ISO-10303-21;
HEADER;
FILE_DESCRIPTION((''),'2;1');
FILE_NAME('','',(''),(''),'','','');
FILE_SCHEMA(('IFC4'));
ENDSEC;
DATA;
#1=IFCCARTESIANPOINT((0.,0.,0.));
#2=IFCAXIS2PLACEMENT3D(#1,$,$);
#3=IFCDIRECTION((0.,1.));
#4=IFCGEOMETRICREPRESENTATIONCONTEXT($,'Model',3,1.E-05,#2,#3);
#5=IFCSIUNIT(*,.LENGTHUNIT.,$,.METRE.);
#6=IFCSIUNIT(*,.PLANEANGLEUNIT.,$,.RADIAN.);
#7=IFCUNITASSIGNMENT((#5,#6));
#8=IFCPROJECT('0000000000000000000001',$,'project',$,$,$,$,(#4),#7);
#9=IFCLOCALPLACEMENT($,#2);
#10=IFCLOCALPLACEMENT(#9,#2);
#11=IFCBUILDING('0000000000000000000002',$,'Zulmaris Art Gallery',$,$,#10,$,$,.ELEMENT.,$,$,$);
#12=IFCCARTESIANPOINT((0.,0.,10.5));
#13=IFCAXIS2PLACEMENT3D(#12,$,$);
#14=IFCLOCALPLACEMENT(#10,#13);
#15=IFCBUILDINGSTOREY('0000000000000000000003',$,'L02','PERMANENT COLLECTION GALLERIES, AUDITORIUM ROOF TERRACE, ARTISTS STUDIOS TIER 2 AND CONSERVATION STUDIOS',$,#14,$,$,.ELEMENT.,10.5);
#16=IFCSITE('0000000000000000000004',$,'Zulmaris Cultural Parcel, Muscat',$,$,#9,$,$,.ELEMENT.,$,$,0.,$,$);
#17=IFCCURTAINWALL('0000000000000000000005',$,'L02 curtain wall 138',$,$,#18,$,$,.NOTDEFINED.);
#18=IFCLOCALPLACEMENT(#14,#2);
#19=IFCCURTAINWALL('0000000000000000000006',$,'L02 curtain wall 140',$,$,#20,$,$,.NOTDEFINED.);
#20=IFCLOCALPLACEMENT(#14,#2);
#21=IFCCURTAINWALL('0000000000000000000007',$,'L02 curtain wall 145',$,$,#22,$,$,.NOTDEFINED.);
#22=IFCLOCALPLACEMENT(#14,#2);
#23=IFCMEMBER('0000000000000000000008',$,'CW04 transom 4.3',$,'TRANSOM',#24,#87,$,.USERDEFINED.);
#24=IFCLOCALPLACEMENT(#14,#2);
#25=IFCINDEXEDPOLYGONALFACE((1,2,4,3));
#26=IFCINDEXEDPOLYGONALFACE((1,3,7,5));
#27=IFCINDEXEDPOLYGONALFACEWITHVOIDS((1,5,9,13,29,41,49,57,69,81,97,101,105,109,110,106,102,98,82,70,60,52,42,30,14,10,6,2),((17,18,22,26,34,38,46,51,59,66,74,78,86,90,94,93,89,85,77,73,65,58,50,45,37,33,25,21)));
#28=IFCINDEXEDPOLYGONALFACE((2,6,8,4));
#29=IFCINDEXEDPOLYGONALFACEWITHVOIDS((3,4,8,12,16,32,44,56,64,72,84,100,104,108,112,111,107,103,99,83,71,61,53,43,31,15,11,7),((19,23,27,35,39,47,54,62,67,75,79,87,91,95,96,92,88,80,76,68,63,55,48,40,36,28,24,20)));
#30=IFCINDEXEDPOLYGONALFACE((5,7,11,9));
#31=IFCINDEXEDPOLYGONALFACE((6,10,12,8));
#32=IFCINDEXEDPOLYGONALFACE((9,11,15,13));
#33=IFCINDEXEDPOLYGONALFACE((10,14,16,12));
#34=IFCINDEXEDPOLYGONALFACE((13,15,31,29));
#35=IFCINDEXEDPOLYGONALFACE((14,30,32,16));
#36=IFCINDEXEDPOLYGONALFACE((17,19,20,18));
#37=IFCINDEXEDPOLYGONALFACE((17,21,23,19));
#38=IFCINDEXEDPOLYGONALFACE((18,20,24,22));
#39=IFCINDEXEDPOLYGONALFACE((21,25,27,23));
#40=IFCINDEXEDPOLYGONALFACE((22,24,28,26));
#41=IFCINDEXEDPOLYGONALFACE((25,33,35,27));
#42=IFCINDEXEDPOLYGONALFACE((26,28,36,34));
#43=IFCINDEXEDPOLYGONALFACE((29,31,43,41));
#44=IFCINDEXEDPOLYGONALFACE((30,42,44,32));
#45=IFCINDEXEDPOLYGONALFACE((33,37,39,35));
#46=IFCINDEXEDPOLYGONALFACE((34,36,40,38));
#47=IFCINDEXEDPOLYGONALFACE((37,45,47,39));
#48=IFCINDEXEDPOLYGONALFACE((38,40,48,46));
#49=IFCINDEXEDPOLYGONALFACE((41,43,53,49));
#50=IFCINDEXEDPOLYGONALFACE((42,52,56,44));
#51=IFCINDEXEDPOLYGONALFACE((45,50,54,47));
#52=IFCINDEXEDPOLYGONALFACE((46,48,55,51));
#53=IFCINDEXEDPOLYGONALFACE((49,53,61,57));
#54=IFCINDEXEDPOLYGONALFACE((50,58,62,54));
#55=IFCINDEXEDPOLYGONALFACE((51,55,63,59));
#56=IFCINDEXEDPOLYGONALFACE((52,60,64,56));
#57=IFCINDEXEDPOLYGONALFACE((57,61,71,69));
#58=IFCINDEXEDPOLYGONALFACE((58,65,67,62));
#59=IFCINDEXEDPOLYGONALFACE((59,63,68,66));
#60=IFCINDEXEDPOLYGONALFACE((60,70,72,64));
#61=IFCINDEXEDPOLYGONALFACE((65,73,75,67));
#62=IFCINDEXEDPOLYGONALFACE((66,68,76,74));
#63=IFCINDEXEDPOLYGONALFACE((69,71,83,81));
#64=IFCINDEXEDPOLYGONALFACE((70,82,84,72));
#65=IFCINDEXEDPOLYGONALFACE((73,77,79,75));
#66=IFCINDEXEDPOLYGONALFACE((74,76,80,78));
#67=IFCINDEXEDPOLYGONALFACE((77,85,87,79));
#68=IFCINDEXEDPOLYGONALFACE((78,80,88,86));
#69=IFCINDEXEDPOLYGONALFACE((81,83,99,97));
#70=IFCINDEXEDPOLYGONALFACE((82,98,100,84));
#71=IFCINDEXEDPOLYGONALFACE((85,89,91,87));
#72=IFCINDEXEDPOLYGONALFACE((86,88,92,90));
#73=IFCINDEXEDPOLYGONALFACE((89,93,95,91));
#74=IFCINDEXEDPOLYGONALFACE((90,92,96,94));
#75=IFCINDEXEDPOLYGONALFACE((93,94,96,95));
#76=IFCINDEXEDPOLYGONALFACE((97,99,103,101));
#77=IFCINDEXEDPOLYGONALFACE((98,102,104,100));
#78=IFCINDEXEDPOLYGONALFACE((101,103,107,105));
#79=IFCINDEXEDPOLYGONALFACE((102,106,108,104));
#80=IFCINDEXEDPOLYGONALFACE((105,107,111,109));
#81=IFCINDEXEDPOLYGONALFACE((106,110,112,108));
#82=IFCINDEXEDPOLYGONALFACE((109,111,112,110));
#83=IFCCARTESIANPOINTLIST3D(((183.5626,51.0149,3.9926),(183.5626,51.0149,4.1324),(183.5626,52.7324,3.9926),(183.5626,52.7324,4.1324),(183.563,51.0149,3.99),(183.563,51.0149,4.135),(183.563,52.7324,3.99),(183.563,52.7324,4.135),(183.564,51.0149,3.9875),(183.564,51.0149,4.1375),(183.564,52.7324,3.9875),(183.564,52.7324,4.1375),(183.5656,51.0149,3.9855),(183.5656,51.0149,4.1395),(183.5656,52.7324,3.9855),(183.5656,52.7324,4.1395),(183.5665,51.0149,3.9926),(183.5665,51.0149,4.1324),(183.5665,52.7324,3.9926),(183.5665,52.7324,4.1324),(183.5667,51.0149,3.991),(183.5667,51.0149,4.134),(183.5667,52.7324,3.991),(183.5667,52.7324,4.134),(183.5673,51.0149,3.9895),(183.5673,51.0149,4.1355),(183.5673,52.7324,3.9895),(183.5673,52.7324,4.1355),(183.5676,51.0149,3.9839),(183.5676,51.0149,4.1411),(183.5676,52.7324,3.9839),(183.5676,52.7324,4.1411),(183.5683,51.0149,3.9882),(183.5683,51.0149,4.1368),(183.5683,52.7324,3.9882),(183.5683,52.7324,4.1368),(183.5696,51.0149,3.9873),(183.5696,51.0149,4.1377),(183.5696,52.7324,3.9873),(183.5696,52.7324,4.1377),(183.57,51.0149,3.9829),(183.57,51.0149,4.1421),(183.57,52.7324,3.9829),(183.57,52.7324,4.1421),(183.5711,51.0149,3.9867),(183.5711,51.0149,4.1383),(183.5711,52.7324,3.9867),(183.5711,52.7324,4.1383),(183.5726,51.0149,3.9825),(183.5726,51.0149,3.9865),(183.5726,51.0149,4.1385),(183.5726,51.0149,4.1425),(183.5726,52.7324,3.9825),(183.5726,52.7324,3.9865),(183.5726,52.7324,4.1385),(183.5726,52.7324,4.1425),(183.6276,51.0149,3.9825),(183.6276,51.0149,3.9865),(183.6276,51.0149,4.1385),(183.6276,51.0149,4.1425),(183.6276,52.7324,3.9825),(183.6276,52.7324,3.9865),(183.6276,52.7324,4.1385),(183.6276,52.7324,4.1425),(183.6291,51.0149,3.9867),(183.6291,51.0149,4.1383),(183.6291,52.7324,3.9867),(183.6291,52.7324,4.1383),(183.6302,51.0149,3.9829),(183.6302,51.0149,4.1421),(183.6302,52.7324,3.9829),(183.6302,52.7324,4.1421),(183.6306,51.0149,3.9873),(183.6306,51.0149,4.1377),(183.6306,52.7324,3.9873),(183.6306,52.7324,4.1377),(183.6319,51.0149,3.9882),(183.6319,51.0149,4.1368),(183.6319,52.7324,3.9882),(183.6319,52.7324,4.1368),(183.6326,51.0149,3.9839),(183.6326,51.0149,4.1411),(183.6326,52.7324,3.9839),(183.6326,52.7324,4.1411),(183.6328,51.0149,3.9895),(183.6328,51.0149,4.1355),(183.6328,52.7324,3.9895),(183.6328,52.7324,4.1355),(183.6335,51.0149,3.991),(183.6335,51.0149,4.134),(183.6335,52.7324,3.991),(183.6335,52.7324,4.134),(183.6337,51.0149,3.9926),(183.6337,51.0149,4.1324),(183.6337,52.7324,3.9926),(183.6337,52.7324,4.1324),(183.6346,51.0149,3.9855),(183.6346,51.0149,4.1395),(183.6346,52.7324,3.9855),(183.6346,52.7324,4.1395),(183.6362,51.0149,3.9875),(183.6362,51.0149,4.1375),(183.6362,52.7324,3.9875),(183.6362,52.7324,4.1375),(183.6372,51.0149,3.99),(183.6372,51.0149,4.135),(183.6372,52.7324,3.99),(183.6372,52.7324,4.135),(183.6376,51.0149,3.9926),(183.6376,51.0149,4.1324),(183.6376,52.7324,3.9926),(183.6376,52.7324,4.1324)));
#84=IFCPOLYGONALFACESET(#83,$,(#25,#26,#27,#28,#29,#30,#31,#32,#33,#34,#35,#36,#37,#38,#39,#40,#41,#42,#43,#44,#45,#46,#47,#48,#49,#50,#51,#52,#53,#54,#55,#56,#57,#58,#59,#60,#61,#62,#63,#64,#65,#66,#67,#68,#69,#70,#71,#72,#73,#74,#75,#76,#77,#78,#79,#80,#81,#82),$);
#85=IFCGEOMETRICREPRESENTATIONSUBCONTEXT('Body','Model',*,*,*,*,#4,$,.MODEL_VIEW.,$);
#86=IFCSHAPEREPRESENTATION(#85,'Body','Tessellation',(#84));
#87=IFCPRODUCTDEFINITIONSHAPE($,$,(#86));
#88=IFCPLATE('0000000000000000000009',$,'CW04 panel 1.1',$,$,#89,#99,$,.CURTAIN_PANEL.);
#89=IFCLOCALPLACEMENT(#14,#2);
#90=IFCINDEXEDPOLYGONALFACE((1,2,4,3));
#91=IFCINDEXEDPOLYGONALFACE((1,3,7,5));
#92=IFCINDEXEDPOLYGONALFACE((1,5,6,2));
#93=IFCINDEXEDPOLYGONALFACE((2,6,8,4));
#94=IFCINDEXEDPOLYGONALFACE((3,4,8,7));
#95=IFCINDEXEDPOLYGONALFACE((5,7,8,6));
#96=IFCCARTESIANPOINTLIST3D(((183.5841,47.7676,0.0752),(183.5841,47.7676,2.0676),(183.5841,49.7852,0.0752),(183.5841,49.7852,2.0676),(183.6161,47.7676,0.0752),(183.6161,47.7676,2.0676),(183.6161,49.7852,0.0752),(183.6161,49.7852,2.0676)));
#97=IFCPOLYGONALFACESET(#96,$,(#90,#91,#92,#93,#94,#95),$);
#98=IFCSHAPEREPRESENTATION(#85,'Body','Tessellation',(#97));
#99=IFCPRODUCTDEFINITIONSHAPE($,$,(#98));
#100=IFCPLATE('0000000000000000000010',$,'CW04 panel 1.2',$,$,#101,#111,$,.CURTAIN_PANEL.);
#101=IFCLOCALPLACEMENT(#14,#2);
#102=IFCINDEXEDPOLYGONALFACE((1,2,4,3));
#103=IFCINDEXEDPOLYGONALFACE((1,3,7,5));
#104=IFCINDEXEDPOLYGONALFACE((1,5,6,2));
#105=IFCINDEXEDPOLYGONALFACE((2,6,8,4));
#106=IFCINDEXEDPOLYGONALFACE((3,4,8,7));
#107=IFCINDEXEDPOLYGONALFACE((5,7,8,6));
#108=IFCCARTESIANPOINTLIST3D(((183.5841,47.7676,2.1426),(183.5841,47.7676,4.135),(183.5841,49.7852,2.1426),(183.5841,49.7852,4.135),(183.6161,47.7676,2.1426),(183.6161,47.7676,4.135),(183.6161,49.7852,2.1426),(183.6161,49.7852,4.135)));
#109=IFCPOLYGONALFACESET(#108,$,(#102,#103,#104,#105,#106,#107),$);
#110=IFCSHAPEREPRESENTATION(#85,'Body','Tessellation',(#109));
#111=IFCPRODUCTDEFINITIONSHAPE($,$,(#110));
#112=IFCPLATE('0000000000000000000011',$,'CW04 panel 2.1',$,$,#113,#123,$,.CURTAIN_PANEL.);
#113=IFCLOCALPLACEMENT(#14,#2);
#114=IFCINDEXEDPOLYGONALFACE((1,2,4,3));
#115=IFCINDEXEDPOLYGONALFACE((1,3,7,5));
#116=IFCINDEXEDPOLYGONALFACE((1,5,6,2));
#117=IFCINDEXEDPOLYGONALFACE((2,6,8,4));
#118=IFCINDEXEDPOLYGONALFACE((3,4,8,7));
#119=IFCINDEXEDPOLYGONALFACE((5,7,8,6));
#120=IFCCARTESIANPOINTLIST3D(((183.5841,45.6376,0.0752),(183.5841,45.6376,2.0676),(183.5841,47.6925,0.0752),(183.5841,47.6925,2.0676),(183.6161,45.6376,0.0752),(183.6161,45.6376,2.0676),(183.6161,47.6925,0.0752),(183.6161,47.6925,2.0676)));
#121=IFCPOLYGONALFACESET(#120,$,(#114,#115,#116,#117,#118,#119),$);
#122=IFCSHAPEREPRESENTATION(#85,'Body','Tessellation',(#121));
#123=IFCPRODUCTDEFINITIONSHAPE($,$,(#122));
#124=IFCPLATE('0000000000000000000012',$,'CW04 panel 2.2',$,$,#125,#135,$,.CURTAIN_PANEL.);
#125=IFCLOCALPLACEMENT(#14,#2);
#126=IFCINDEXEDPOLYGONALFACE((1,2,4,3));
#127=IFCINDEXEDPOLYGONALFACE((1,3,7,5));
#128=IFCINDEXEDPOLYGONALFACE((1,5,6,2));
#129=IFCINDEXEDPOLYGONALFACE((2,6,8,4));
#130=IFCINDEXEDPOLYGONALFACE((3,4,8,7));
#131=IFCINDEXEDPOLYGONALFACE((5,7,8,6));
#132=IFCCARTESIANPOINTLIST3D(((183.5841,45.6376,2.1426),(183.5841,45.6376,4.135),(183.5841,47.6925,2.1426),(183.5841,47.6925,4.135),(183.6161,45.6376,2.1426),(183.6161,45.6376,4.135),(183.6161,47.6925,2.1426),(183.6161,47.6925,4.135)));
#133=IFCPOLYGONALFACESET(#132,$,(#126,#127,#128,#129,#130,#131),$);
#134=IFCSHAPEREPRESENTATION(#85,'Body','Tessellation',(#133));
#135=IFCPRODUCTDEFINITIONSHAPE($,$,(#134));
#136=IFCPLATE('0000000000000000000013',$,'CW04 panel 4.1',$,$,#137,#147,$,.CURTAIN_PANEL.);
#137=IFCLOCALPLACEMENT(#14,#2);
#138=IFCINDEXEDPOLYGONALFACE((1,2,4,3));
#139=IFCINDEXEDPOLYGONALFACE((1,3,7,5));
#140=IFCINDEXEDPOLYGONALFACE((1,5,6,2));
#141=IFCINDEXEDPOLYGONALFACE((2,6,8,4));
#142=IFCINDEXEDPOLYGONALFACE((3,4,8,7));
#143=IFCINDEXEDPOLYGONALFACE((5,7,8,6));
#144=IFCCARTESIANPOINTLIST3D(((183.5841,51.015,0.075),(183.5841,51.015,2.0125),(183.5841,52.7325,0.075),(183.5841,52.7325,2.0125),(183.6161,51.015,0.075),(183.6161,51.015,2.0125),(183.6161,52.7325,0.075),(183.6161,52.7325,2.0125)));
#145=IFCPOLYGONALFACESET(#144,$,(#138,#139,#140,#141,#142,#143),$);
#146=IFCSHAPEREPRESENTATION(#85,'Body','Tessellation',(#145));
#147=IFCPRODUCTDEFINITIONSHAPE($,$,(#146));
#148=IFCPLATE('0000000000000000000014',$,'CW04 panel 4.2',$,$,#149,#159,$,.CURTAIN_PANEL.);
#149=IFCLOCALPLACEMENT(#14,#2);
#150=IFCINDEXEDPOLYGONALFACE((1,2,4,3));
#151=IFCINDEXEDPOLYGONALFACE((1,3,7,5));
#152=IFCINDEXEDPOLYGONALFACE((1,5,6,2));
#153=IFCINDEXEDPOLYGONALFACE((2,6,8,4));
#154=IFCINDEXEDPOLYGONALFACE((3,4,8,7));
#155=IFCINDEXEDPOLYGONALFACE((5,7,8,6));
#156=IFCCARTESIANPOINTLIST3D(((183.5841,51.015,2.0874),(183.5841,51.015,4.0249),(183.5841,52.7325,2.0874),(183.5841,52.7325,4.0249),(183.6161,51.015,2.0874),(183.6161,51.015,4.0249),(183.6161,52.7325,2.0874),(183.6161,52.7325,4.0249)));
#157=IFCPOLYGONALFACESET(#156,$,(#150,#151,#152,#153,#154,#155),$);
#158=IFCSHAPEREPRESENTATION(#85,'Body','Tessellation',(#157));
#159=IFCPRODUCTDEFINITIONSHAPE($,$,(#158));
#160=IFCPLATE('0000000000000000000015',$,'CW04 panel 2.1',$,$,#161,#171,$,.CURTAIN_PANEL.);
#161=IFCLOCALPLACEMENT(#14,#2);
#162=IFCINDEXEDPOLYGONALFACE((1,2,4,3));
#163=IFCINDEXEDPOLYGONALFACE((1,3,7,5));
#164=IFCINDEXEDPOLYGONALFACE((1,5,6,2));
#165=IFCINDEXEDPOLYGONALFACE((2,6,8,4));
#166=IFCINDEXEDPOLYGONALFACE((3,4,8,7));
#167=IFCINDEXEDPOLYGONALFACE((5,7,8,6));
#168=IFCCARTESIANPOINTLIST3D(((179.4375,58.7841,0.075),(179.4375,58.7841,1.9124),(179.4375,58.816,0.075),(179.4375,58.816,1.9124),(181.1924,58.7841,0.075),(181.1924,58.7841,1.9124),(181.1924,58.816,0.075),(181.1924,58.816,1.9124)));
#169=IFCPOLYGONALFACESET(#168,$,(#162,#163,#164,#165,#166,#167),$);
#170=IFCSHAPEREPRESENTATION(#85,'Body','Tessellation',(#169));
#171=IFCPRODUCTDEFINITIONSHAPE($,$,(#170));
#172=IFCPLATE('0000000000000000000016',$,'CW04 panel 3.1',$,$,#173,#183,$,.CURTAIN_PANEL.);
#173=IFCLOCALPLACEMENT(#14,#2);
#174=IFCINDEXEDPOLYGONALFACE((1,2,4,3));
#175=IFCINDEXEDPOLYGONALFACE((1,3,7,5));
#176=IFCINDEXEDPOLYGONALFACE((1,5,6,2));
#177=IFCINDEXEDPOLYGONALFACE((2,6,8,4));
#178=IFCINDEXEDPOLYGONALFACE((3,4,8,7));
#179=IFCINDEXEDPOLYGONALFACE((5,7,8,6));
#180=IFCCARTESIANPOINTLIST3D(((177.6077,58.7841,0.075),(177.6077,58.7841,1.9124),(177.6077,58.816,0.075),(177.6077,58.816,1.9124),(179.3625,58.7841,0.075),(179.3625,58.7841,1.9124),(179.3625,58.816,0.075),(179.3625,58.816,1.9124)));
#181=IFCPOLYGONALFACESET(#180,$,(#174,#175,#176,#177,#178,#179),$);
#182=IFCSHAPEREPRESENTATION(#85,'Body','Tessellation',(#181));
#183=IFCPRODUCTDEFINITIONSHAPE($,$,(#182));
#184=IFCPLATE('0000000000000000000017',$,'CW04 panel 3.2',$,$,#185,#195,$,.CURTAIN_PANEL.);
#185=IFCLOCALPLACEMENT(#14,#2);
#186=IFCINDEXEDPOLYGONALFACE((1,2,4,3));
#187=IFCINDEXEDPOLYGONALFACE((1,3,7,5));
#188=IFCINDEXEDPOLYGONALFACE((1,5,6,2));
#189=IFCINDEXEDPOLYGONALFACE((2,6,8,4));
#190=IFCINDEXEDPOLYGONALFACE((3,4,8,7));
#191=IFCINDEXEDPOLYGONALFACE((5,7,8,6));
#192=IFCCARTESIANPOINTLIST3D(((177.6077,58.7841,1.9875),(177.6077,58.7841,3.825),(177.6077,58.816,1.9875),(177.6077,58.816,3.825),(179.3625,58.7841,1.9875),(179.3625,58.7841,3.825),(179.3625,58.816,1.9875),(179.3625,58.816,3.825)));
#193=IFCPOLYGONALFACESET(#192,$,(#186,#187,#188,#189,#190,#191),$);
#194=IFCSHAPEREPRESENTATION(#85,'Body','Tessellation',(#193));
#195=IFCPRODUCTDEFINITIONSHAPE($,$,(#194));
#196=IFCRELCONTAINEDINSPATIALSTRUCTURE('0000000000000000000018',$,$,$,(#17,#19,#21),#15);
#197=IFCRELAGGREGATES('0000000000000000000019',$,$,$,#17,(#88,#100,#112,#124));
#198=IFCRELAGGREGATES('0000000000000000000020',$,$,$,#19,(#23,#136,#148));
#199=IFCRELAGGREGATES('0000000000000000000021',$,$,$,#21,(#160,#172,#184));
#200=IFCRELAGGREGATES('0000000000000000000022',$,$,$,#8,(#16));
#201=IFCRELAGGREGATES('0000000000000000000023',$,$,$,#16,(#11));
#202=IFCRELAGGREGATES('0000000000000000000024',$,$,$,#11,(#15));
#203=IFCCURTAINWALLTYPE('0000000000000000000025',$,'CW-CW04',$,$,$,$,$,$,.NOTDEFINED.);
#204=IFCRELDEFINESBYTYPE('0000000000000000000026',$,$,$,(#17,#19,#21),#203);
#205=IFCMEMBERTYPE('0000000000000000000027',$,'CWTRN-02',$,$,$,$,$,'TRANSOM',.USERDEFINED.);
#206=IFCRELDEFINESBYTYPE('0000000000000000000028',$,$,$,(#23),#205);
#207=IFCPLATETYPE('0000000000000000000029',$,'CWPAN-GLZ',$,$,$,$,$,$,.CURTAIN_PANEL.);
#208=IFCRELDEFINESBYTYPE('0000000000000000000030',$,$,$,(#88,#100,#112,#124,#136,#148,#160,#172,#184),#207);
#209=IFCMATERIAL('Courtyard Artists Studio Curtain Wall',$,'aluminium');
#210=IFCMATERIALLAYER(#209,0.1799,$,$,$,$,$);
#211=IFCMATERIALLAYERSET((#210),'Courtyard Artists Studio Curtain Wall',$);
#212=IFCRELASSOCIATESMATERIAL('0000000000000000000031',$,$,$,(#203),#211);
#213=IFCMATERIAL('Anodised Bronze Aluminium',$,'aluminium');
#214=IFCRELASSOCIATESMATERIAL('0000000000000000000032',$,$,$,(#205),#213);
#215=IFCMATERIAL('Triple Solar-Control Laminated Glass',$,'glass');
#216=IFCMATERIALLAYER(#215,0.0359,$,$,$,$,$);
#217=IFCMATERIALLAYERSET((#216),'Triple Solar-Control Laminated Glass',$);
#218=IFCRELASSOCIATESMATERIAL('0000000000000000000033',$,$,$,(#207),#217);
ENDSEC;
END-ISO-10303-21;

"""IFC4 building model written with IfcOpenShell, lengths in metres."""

from ifc_helpers import new_model, si_unit, direction, frame, origin, origin_2d, place, context, subcontext, project, spatial, rectangle, hollow_rectangle, extrude, material, layer, layer_set, material_profile, profile_set, type_object, element, aggregate, save


model = new_model("IFC4")

# Units and contexts
model_context = context("Model", 3, precision=1e-05, world=origin(), true_north=direction((0.0, 1.0)))
body_context = subcontext(model_context, "Body", "Model", "MODEL_VIEW")
ifc_project = project(units=[si_unit("LENGTHUNIT", "METRE"), si_unit("PLANEANGLEUNIT", "RADIAN")], contexts=[model_context])

# Site, building, storey
site_placement = place(None, origin())
site = spatial("IfcSite", under=ifc_project, at=site_placement, Name="Zulmaris Cultural Parcel, Muscat", CompositionType="ELEMENT", RefElevation=0.0)
building_placement = place(site_placement, origin())
building = spatial("IfcBuilding", under=site, at=building_placement, Name="Zulmaris Art Gallery", CompositionType="ELEMENT")
storey_placement = place(building_placement, frame((0.0, 0.0, 10.5)))
storey = spatial("IfcBuildingStorey", under=building, at=storey_placement, Name="L02", Description="PERMANENT COLLECTION GALLERIES, AUDITORIUM ROOF TERRACE, ARTISTS STUDIOS TIER 2 AND CONSERVATION STUDIOS", CompositionType="ELEMENT", Elevation=10.5)

# Curtain wall
ifc_material_1 = material(Name="Courtyard Artists Studio Curtain Wall", Category="aluminium")
ifc_layer_1 = layer(ifc_material_1, 0.1799)
ifc_layer_set_1 = layer_set([ifc_layer_1], Name="Courtyard Artists Studio Curtain Wall")
curtain_wall_type = type_object("IfcCurtainWallType", Name="CW-CW04", PredefinedType="NOTDEFINED", material=ifc_layer_set_1)
curtain_wall_1_placement = place(storey_placement, origin())
curtain_wall_1 = element("IfcCurtainWall", 1, at=curtain_wall_1_placement, inside=storey, type_object=curtain_wall_type, Name="L02 curtain wall 138", PredefinedType="NOTDEFINED")
ifc_material_2 = material(Name="Anodised Bronze Aluminium", Category="aluminium")

# Curtain wall
curtain_wall_2_placement = place(storey_placement, origin())
curtain_wall_2 = element("IfcCurtainWall", 2, at=curtain_wall_2_placement, inside=storey, type_object=curtain_wall_type, Name="L02 curtain wall 140", PredefinedType="NOTDEFINED")

# Curtain wall
curtain_wall_3_placement = place(storey_placement, origin())
curtain_wall_3 = element("IfcCurtainWall", 3, at=curtain_wall_3_placement, inside=storey, type_object=curtain_wall_type, Name="L02 curtain wall 145", PredefinedType="NOTDEFINED")

# Member
ifc_material_profile_1 = material_profile(ifc_material_2, hollow_rectangle(XDim=0.075, YDim=0.1599, WallThickness=0.0039, InnerFilletRadius=0.0061, OuterFilletRadius=0.01, at=origin_2d()), Name="ALU 75x160x4")
ifc_profile_set_1 = profile_set([ifc_material_profile_1], Name="Anodised Bronze Aluminium")
member_type_1 = type_object("IfcMemberType", Name="CWTRN-02", ElementType="TRANSOM", PredefinedType="USERDEFINED", material=ifc_profile_set_1)
member_1_placement = place(storey_placement, frame((183.6001, 52.7324, 4.0625), z_axis=(0.0, -1.0, 0.0), x_axis=(1.0, 0.0, 0.0)))
member_1 = element("IfcMember", 4, at=member_1_placement, type_object=member_type_1, Name="CW04 transom 4.3", ObjectType="TRANSOM", PredefinedType="USERDEFINED", context=body_context, shape_type="SweptSolid", body=[
    extrude(hollow_rectangle(XDim=0.075, YDim=0.1599, WallThickness=0.0039, InnerFilletRadius=0.0061, OuterFilletRadius=0.01, at=origin_2d()), origin(), (0.0, 0.0, 1.0), 1.7175),
])

# Plates
ifc_material_3 = material(Name="Triple Solar-Control Laminated Glass", Category="glass")
ifc_layer_2 = layer(ifc_material_3, 0.0359)
ifc_layer_set_2 = layer_set([ifc_layer_2], Name="Triple Solar-Control Laminated Glass")
plate_type = type_object("IfcPlateType", Name="CWPAN-GLZ", PredefinedType="CURTAIN_PANEL", material=ifc_layer_set_2)
plate_1_placement = place(storey_placement, frame((183.6001, 48.7764, 0.0752), z_axis=(0.0, 0.0, 1.0), x_axis=(0.0, -1.0, 0.0)))
plate_1 = element("IfcPlate", 5, at=plate_1_placement, type_object=plate_type, Name="CW04 panel 1.1", PredefinedType="CURTAIN_PANEL", context=body_context, shape_type="SweptSolid", body=[
    extrude(rectangle(XDim=2.0176, YDim=0.032, at=origin_2d()), origin(), (0.0, 0.0, 1.0), 1.9924),
])
plate_2_placement = place(storey_placement, frame((183.6001, 48.7764, 2.1426), z_axis=(0.0, 0.0, 1.0), x_axis=(0.0, -1.0, 0.0)))
plate_2 = element("IfcPlate", 6, at=plate_2_placement, type_object=plate_type, Name="CW04 panel 1.2", PredefinedType="CURTAIN_PANEL", context=body_context, shape_type="SweptSolid", body=[
    extrude(rectangle(XDim=2.0176, YDim=0.032, at=origin_2d()), origin(), (0.0, 0.0, 1.0), 1.9924),
])
plate_3_placement = place(storey_placement, frame((183.6001, 46.665, 0.0752), z_axis=(0.0, 0.0, 1.0), x_axis=(0.0, -1.0, 0.0)))
plate_3 = element("IfcPlate", 7, at=plate_3_placement, type_object=plate_type, Name="CW04 panel 2.1", PredefinedType="CURTAIN_PANEL", context=body_context, shape_type="SweptSolid", body=[
    extrude(rectangle(XDim=2.0549, YDim=0.032, at=origin_2d()), origin(), (0.0, 0.0, 1.0), 1.9924),
])
plate_4_placement = place(storey_placement, frame((183.6001, 46.665, 2.1426), z_axis=(0.0, 0.0, 1.0), x_axis=(0.0, -1.0, 0.0)))
plate_4 = element("IfcPlate", 8, at=plate_4_placement, type_object=plate_type, Name="CW04 panel 2.2", PredefinedType="CURTAIN_PANEL", context=body_context, shape_type="SweptSolid", body=[
    extrude(rectangle(XDim=2.0549, YDim=0.032, at=origin_2d()), origin(), (0.0, 0.0, 1.0), 1.9924),
])
aggregate(curtain_wall_1, [plate_1, plate_2, plate_3, plate_4])
plate_5_placement = place(storey_placement, frame((183.6001, 51.8738, 0.075), z_axis=(0.0, 0.0, 1.0), x_axis=(0.0, -1.0, 0.0)))
plate_5 = element("IfcPlate", 9, at=plate_5_placement, type_object=plate_type, Name="CW04 panel 4.1", PredefinedType="CURTAIN_PANEL", context=body_context, shape_type="SweptSolid", body=[
    extrude(rectangle(XDim=1.7175, YDim=0.032, at=origin_2d()), origin(), (0.0, 0.0, 1.0), 1.9375),
])
plate_6_placement = place(storey_placement, frame((183.6001, 51.8738, 2.0874), z_axis=(0.0, 0.0, 1.0), x_axis=(0.0, -1.0, 0.0)))
plate_6 = element("IfcPlate", 10, at=plate_6_placement, type_object=plate_type, Name="CW04 panel 4.2", PredefinedType="CURTAIN_PANEL", context=body_context, shape_type="SweptSolid", body=[
    extrude(rectangle(XDim=1.7175, YDim=0.032, at=origin_2d()), origin(), (0.0, 0.0, 1.0), 1.9375),
])
aggregate(curtain_wall_2, [member_1, plate_5, plate_6])
plate_7_placement = place(storey_placement, frame((180.3149, 58.8, 0.075), z_axis=(0.0, 0.0, 1.0), x_axis=(-1.0, 0.0, 0.0)))
plate_7 = element("IfcPlate", 11, at=plate_7_placement, type_object=plate_type, Name="CW04 panel 2.1", PredefinedType="CURTAIN_PANEL", context=body_context, shape_type="SweptSolid", body=[
    extrude(rectangle(XDim=1.7549, YDim=0.032, at=origin_2d()), origin(), (0.0, 0.0, 1.0), 1.8374),
])
plate_8_placement = place(storey_placement, frame((178.4851, 58.8, 0.075), z_axis=(0.0, 0.0, 1.0), x_axis=(-1.0, 0.0, 0.0)))
plate_8 = element("IfcPlate", 12, at=plate_8_placement, type_object=plate_type, Name="CW04 panel 3.1", PredefinedType="CURTAIN_PANEL", context=body_context, shape_type="SweptSolid", body=[
    extrude(rectangle(XDim=1.7549, YDim=0.032, at=origin_2d()), origin(), (0.0, 0.0, 1.0), 1.8374),
])
plate_9_placement = place(storey_placement, frame((178.4851, 58.8, 1.9875), z_axis=(0.0, 0.0, 1.0), x_axis=(-1.0, 0.0, 0.0)))
plate_9 = element("IfcPlate", 13, at=plate_9_placement, type_object=plate_type, Name="CW04 panel 3.2", PredefinedType="CURTAIN_PANEL", context=body_context, shape_type="SweptSolid", body=[
    extrude(rectangle(XDim=1.7549, YDim=0.032, at=origin_2d()), origin(), (0.0, 0.0, 1.0), 1.8374),
])
aggregate(curtain_wall_3, [plate_7, plate_8, plate_9])

save(model, "model.ifc")
